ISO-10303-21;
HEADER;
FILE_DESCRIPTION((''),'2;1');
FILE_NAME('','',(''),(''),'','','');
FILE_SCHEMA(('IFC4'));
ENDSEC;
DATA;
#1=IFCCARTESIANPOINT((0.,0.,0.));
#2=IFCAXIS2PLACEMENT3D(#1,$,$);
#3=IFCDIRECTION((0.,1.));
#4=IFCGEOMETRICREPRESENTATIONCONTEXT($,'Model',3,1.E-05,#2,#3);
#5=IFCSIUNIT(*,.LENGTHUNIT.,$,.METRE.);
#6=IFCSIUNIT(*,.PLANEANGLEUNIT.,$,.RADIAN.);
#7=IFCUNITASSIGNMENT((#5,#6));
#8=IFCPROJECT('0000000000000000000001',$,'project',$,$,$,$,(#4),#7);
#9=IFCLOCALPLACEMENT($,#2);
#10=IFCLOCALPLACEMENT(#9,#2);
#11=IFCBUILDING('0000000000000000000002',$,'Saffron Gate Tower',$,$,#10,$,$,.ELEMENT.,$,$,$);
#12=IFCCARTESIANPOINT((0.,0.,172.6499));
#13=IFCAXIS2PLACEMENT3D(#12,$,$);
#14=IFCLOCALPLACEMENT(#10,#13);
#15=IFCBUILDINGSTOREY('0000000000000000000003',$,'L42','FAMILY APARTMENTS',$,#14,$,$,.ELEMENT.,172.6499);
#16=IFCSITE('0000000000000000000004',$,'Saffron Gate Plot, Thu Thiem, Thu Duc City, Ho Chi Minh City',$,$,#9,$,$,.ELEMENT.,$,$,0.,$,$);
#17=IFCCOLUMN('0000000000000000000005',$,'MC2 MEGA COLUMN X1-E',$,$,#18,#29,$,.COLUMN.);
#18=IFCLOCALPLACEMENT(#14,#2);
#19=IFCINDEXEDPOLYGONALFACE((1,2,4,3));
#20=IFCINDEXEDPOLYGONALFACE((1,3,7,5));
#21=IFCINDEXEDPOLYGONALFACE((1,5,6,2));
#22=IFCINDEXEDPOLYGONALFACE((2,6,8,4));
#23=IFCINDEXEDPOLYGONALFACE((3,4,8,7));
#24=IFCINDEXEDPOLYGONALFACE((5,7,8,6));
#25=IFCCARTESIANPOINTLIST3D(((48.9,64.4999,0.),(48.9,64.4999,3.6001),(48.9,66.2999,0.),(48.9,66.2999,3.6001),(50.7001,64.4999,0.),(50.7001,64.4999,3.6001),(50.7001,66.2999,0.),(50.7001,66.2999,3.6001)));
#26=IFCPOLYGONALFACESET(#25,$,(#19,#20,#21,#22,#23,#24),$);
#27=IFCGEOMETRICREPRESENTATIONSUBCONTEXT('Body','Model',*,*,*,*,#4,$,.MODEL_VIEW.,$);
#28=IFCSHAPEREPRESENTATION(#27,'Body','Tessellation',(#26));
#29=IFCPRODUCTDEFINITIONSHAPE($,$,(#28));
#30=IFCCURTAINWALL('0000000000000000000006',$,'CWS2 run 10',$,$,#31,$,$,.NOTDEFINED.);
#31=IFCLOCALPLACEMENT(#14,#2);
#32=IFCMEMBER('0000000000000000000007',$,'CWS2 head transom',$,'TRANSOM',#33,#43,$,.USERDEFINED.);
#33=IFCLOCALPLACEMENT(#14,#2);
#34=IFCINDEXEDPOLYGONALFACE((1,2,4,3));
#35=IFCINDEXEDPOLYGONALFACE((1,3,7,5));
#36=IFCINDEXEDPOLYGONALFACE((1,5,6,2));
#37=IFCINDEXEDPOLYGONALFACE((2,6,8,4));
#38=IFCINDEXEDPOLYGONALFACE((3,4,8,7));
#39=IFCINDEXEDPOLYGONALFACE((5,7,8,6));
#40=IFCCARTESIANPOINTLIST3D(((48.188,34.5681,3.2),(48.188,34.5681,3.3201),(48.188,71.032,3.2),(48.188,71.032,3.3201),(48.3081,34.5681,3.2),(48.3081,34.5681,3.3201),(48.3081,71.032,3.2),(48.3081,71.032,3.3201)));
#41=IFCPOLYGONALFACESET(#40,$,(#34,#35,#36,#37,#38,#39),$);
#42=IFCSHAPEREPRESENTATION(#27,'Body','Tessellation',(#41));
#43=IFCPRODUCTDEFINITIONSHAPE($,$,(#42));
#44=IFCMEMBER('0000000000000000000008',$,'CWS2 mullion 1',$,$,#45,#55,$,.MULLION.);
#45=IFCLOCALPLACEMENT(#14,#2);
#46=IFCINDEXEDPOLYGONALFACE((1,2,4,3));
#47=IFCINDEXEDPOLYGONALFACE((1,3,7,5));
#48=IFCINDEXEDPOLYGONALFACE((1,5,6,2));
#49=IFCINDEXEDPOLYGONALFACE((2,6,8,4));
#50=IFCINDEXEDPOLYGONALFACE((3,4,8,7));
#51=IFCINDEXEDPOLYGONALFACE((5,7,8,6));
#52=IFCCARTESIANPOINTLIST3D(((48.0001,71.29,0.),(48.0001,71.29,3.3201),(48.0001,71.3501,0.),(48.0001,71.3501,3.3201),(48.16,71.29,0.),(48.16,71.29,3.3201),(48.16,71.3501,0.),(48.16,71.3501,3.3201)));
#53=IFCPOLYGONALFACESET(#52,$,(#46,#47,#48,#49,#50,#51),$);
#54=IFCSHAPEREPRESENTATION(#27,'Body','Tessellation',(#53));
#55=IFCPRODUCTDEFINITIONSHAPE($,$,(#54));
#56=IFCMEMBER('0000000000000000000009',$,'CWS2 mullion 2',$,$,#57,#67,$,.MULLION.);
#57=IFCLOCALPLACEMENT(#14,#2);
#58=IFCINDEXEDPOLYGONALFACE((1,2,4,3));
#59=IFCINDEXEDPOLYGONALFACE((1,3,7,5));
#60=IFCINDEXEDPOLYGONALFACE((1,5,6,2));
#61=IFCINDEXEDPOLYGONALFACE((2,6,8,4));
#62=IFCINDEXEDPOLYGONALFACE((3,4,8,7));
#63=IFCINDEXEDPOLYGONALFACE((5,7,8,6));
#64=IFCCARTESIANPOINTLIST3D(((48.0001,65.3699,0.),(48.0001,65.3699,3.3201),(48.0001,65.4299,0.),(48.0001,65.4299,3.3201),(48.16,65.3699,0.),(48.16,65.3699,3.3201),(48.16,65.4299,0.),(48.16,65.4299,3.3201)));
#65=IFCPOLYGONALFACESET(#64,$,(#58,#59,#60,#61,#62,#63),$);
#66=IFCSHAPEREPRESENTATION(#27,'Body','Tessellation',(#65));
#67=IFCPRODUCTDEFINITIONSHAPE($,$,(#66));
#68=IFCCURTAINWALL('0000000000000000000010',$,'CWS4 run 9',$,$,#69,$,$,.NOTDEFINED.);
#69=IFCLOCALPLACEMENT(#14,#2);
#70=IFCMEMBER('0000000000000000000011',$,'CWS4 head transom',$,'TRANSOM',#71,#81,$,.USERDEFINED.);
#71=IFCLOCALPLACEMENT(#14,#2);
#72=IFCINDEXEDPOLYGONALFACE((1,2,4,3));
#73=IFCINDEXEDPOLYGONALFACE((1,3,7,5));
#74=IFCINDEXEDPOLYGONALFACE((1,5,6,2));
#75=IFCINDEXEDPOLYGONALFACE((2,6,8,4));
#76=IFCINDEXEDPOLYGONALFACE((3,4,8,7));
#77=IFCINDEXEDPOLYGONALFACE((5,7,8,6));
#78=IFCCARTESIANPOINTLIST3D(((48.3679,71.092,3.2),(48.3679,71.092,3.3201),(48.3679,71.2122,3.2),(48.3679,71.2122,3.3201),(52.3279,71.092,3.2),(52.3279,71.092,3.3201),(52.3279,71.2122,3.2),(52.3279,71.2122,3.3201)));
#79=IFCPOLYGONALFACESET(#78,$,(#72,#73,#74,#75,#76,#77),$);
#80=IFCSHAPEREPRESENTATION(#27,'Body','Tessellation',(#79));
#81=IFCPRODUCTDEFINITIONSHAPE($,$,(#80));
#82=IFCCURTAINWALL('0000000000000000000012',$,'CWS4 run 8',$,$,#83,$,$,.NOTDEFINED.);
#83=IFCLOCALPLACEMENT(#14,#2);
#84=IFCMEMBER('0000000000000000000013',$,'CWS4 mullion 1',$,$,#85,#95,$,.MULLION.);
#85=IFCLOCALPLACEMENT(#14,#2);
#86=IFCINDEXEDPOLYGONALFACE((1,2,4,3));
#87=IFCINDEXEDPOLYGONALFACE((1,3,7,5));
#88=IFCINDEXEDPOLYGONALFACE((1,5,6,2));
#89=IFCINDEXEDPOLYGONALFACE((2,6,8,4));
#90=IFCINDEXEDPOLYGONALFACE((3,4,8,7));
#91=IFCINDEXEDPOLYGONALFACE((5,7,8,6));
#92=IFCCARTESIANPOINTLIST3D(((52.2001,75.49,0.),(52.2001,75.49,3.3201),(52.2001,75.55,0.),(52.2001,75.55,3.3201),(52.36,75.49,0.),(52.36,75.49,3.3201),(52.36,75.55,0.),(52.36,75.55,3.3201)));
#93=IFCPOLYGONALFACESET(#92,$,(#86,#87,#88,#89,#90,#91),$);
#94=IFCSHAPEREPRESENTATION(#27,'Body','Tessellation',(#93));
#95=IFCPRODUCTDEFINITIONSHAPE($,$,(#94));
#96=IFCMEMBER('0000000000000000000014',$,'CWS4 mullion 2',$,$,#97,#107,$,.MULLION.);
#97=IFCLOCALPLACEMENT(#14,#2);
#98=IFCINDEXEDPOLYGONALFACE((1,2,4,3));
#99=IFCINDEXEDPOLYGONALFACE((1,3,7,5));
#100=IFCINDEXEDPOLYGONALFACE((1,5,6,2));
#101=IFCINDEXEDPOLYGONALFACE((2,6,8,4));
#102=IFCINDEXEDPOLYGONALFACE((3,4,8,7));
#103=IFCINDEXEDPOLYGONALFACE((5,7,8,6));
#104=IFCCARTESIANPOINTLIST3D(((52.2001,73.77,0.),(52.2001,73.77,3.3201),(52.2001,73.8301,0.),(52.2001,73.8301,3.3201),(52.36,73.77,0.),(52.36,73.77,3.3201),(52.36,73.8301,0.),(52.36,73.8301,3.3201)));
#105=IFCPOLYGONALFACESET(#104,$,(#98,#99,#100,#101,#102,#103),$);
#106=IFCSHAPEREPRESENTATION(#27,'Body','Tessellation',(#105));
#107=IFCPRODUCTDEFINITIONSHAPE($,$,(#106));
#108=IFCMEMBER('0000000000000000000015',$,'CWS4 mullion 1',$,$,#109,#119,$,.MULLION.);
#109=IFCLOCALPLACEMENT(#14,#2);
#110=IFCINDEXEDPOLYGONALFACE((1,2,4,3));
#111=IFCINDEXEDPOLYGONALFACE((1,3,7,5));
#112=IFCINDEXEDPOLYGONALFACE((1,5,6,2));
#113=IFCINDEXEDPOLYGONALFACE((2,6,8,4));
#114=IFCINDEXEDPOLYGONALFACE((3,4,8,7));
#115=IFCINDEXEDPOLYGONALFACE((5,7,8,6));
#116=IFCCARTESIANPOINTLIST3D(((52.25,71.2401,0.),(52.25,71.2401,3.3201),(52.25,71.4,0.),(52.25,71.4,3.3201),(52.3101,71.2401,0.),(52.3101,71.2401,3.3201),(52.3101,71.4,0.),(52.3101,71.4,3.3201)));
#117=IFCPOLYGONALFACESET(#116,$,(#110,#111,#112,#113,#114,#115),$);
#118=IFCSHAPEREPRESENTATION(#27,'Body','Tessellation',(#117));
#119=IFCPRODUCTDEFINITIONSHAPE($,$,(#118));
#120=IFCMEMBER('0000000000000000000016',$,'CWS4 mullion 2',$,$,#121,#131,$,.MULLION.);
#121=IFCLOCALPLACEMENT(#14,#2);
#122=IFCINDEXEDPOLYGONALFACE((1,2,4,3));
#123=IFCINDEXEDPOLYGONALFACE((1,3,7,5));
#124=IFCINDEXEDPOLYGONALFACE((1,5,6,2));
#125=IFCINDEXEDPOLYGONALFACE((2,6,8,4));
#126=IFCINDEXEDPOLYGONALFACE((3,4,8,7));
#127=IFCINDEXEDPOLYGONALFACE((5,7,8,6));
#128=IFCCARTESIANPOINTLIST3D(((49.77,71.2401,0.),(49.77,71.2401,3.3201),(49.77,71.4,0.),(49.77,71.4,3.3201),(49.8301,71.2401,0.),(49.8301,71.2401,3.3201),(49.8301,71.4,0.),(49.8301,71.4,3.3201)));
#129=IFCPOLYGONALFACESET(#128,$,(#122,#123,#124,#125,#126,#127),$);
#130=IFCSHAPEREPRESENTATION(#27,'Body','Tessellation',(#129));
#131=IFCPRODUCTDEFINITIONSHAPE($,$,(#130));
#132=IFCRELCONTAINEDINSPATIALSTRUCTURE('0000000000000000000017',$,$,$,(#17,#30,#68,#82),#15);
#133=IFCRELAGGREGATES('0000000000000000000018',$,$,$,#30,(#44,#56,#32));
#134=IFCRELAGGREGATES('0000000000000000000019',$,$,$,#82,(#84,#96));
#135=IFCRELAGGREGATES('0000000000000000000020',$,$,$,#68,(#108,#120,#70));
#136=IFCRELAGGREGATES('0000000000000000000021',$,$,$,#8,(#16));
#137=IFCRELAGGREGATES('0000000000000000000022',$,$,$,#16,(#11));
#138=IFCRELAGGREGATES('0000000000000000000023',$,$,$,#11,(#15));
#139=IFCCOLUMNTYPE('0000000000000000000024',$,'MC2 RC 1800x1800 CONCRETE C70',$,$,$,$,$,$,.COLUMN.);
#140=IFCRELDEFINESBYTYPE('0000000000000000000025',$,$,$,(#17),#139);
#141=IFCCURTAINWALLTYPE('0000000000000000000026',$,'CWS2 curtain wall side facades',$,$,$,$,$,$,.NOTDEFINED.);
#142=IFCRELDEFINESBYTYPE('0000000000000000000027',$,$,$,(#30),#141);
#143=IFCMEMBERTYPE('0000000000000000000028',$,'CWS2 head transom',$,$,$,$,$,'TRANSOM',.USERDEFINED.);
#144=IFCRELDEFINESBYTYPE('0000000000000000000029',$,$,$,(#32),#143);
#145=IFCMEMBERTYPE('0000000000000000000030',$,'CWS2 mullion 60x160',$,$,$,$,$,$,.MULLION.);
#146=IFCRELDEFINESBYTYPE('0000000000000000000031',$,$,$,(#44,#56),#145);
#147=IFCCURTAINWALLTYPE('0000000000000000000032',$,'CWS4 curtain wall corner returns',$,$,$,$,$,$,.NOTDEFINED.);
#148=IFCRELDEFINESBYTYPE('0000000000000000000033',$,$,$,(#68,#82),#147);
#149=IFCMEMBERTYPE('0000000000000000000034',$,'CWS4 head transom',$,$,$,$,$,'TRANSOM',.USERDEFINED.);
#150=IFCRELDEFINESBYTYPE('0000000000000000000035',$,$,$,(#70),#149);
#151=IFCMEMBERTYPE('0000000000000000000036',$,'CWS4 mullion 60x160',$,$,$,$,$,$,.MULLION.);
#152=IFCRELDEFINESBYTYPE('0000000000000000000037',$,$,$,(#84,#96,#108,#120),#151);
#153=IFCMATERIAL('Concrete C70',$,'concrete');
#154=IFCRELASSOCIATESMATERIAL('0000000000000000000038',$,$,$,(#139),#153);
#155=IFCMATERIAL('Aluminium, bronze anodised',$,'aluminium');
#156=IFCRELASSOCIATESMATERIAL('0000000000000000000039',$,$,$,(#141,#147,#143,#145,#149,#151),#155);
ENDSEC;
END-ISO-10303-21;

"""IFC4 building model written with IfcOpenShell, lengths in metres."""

from ifc_helpers import new_model, si_unit, direction, frame, origin, origin_2d, place, context, subcontext, project, spatial, rectangle, extrude, material, material_profile, profile_set, type_object, element, aggregate, save


model = new_model("IFC4")

# Units and contexts
model_context = context("Model", 3, precision=1e-05, world=origin(), true_north=direction((0.0, 1.0)))
body_context = subcontext(model_context, "Body", "Model", "MODEL_VIEW")
ifc_project = project(units=[si_unit("LENGTHUNIT", "METRE"), si_unit("PLANEANGLEUNIT", "RADIAN")], contexts=[model_context])

# Site, building, storey
site_placement = place(None, origin())
site = spatial("IfcSite", under=ifc_project, at=site_placement, Name="Saffron Gate Plot, Thu Thiem, Thu Duc City, Ho Chi Minh City", CompositionType="ELEMENT", RefElevation=0.0)
building_placement = place(site_placement, origin())
building = spatial("IfcBuilding", under=site, at=building_placement, Name="Saffron Gate Tower", CompositionType="ELEMENT")
storey_placement = place(building_placement, frame((0.0, 0.0, 172.6499)))
storey = spatial("IfcBuildingStorey", under=building, at=storey_placement, Name="L42", Description="FAMILY APARTMENTS", CompositionType="ELEMENT", Elevation=172.6499)

# Column
ifc_material_1 = material(Name="Concrete C70", Category="concrete")
ifc_material_profile_1 = material_profile(ifc_material_1, rectangle(XDim=1.8, YDim=1.8, at=origin_2d()))
ifc_profile_set_1 = profile_set([ifc_material_profile_1], Name="Concrete C70")
column_type = type_object("IfcColumnType", Name="MC2 RC 1800x1800 CONCRETE C70", PredefinedType="COLUMN", material=ifc_profile_set_1)
column_placement = place(storey_placement, frame((49.8, 65.3999, 0.0), z_axis=(0.0, 0.0, 1.0), x_axis=(1.0, 0.0, 0.0)))
element("IfcColumn", 1, at=column_placement, inside=storey, type_object=column_type, Name="MC2 MEGA COLUMN X1-E", PredefinedType="COLUMN", context=body_context, shape_type="SweptSolid", body=[
    extrude(rectangle(XDim=1.8, YDim=1.8, at=origin_2d()), origin(), (0.0, 0.0, 1.0), 3.6001),
])

# Curtain wall, members
ifc_material_2 = material(Name="Aluminium, bronze anodised", Category="aluminium")
curtain_wall_type_1 = type_object("IfcCurtainWallType", Name="CWS2 curtain wall side facades", PredefinedType="NOTDEFINED", material=ifc_material_2)
curtain_wall_1_placement = place(storey_placement, origin())
curtain_wall_1 = element("IfcCurtainWall", 2, at=curtain_wall_1_placement, inside=storey, type_object=curtain_wall_type_1, Name="CWS2 run 10", PredefinedType="NOTDEFINED")
ifc_material_profile_2 = material_profile(ifc_material_2, rectangle(XDim=0.1201, YDim=0.1201, at=origin_2d()))
ifc_profile_set_2 = profile_set([ifc_material_profile_2], Name="Aluminium, bronze anodised")
member_type_1 = type_object("IfcMemberType", Name="CWS2 head transom", ElementType="TRANSOM", PredefinedType="USERDEFINED", material=ifc_profile_set_2)
member_1_placement = place(storey_placement, frame((48.248, 71.032, 3.26), z_axis=(0.0, -1.0, 0.0), x_axis=(1.0, 0.0, 0.0)))
member_1 = element("IfcMember", 3, at=member_1_placement, type_object=member_type_1, Name="CWS2 head transom", ObjectType="TRANSOM", PredefinedType="USERDEFINED", context=body_context, shape_type="SweptSolid", body=[
    extrude(rectangle(XDim=0.1201, YDim=0.1201, at=origin_2d()), origin(), (0.0, 0.0, 1.0), 36.4639),
])
ifc_material_profile_3 = material_profile(ifc_material_2, rectangle(XDim=0.1599, YDim=0.0601, at=origin_2d()))
ifc_profile_set_3 = profile_set([ifc_material_profile_3], Name="Aluminium, bronze anodised")
member_type_2 = type_object("IfcMemberType", Name="CWS2 mullion 60x160", PredefinedType="MULLION", material=ifc_profile_set_3)
member_2_placement = place(storey_placement, frame((48.0801, 71.3201, 0.0), z_axis=(0.0, 0.0, 1.0), x_axis=(1.0, 0.0, 0.0)))
member_2 = element("IfcMember", 4, at=member_2_placement, type_object=member_type_2, Name="CWS2 mullion 1", PredefinedType="MULLION", context=body_context, shape_type="SweptSolid", body=[
    extrude(rectangle(XDim=0.1599, YDim=0.0601, at=origin_2d()), origin(), (0.0, 0.0, 1.0), 3.3201),
])
member_3_placement = place(storey_placement, frame((48.0801, 65.3999, 0.0), z_axis=(0.0, 0.0, 1.0), x_axis=(1.0, 0.0, 0.0)))
member_3 = element("IfcMember", 5, at=member_3_placement, type_object=member_type_2, Name="CWS2 mullion 2", PredefinedType="MULLION", context=body_context, shape_type="SweptSolid", body=[
    extrude(rectangle(XDim=0.1599, YDim=0.0601, at=origin_2d()), origin(), (0.0, 0.0, 1.0), 3.3201),
])

# Curtain wall, member
curtain_wall_type_2 = type_object("IfcCurtainWallType", Name="CWS4 curtain wall corner returns", PredefinedType="NOTDEFINED", material=ifc_material_2)
curtain_wall_2_placement = place(storey_placement, origin())
curtain_wall_2 = element("IfcCurtainWall", 6, at=curtain_wall_2_placement, inside=storey, type_object=curtain_wall_type_2, Name="CWS4 run 9", PredefinedType="NOTDEFINED")
ifc_material_profile_4 = material_profile(ifc_material_2, rectangle(XDim=0.1201, YDim=0.1201, at=origin_2d()))
ifc_profile_set_4 = profile_set([ifc_material_profile_4], Name="Aluminium, bronze anodised")
member_type_3 = type_object("IfcMemberType", Name="CWS4 head transom", ElementType="TRANSOM", PredefinedType="USERDEFINED", material=ifc_profile_set_4)
member_4_placement = place(storey_placement, frame((52.3279, 71.1521, 3.26), z_axis=(-1.0, 0.0, 0.0), x_axis=(0.0, -1.0, 0.0)))
member_4 = element("IfcMember", 7, at=member_4_placement, type_object=member_type_3, Name="CWS4 head transom", ObjectType="TRANSOM", PredefinedType="USERDEFINED", context=body_context, shape_type="SweptSolid", body=[
    extrude(rectangle(XDim=0.1201, YDim=0.1201, at=origin_2d()), origin(), (0.0, 0.0, 1.0), 3.96),
])

# Curtain wall, members
curtain_wall_3_placement = place(storey_placement, origin())
curtain_wall_3 = element("IfcCurtainWall", 8, at=curtain_wall_3_placement, inside=storey, type_object=curtain_wall_type_2, Name="CWS4 run 8", PredefinedType="NOTDEFINED")
ifc_material_profile_5 = material_profile(ifc_material_2, rectangle(XDim=0.1599, YDim=0.0601, at=origin_2d()))
ifc_profile_set_5 = profile_set([ifc_material_profile_5], Name="Aluminium, bronze anodised")
member_type_4 = type_object("IfcMemberType", Name="CWS4 mullion 60x160", PredefinedType="MULLION", material=ifc_profile_set_5)
member_5_placement = place(storey_placement, frame((52.28, 75.52, 0.0), z_axis=(0.0, 0.0, 1.0), x_axis=(1.0, 0.0, 0.0)))
member_5 = element("IfcMember", 9, at=member_5_placement, type_object=member_type_4, Name="CWS4 mullion 1", PredefinedType="MULLION", context=body_context, shape_type="SweptSolid", body=[
    extrude(rectangle(XDim=0.1599, YDim=0.0601, at=origin_2d()), origin(), (0.0, 0.0, 1.0), 3.3201),
])
member_6_placement = place(storey_placement, frame((52.28, 73.8, 0.0), z_axis=(0.0, 0.0, 1.0), x_axis=(1.0, 0.0, 0.0)))
member_6 = element("IfcMember", 10, at=member_6_placement, type_object=member_type_4, Name="CWS4 mullion 2", PredefinedType="MULLION", context=body_context, shape_type="SweptSolid", body=[
    extrude(rectangle(XDim=0.1599, YDim=0.0601, at=origin_2d()), origin(), (0.0, 0.0, 1.0), 3.3201),
])

# Members
member_7_placement = place(storey_placement, frame((52.28, 71.3201, 0.0), z_axis=(0.0, 0.0, 1.0), x_axis=(0.0, -1.0, 0.0)))
member_7 = element("IfcMember", 11, at=member_7_placement, type_object=member_type_4, Name="CWS4 mullion 1", PredefinedType="MULLION", context=body_context, shape_type="SweptSolid", body=[
    extrude(rectangle(XDim=0.1599, YDim=0.0601, at=origin_2d()), origin(), (0.0, 0.0, 1.0), 3.3201),
])
member_8_placement = place(storey_placement, frame((49.8, 71.3201, 0.0), z_axis=(0.0, 0.0, 1.0), x_axis=(0.0, -1.0, 0.0)))
member_8 = element("IfcMember", 12, at=member_8_placement, type_object=member_type_4, Name="CWS4 mullion 2", PredefinedType="MULLION", context=body_context, shape_type="SweptSolid", body=[
    extrude(rectangle(XDim=0.1599, YDim=0.0601, at=origin_2d()), origin(), (0.0, 0.0, 1.0), 3.3201),
])

aggregate(curtain_wall_1, [member_2, member_3, member_1])

aggregate(curtain_wall_3, [member_5, member_6])
aggregate(curtain_wall_2, [member_7, member_8, member_4])

save(model, "model.ifc")
